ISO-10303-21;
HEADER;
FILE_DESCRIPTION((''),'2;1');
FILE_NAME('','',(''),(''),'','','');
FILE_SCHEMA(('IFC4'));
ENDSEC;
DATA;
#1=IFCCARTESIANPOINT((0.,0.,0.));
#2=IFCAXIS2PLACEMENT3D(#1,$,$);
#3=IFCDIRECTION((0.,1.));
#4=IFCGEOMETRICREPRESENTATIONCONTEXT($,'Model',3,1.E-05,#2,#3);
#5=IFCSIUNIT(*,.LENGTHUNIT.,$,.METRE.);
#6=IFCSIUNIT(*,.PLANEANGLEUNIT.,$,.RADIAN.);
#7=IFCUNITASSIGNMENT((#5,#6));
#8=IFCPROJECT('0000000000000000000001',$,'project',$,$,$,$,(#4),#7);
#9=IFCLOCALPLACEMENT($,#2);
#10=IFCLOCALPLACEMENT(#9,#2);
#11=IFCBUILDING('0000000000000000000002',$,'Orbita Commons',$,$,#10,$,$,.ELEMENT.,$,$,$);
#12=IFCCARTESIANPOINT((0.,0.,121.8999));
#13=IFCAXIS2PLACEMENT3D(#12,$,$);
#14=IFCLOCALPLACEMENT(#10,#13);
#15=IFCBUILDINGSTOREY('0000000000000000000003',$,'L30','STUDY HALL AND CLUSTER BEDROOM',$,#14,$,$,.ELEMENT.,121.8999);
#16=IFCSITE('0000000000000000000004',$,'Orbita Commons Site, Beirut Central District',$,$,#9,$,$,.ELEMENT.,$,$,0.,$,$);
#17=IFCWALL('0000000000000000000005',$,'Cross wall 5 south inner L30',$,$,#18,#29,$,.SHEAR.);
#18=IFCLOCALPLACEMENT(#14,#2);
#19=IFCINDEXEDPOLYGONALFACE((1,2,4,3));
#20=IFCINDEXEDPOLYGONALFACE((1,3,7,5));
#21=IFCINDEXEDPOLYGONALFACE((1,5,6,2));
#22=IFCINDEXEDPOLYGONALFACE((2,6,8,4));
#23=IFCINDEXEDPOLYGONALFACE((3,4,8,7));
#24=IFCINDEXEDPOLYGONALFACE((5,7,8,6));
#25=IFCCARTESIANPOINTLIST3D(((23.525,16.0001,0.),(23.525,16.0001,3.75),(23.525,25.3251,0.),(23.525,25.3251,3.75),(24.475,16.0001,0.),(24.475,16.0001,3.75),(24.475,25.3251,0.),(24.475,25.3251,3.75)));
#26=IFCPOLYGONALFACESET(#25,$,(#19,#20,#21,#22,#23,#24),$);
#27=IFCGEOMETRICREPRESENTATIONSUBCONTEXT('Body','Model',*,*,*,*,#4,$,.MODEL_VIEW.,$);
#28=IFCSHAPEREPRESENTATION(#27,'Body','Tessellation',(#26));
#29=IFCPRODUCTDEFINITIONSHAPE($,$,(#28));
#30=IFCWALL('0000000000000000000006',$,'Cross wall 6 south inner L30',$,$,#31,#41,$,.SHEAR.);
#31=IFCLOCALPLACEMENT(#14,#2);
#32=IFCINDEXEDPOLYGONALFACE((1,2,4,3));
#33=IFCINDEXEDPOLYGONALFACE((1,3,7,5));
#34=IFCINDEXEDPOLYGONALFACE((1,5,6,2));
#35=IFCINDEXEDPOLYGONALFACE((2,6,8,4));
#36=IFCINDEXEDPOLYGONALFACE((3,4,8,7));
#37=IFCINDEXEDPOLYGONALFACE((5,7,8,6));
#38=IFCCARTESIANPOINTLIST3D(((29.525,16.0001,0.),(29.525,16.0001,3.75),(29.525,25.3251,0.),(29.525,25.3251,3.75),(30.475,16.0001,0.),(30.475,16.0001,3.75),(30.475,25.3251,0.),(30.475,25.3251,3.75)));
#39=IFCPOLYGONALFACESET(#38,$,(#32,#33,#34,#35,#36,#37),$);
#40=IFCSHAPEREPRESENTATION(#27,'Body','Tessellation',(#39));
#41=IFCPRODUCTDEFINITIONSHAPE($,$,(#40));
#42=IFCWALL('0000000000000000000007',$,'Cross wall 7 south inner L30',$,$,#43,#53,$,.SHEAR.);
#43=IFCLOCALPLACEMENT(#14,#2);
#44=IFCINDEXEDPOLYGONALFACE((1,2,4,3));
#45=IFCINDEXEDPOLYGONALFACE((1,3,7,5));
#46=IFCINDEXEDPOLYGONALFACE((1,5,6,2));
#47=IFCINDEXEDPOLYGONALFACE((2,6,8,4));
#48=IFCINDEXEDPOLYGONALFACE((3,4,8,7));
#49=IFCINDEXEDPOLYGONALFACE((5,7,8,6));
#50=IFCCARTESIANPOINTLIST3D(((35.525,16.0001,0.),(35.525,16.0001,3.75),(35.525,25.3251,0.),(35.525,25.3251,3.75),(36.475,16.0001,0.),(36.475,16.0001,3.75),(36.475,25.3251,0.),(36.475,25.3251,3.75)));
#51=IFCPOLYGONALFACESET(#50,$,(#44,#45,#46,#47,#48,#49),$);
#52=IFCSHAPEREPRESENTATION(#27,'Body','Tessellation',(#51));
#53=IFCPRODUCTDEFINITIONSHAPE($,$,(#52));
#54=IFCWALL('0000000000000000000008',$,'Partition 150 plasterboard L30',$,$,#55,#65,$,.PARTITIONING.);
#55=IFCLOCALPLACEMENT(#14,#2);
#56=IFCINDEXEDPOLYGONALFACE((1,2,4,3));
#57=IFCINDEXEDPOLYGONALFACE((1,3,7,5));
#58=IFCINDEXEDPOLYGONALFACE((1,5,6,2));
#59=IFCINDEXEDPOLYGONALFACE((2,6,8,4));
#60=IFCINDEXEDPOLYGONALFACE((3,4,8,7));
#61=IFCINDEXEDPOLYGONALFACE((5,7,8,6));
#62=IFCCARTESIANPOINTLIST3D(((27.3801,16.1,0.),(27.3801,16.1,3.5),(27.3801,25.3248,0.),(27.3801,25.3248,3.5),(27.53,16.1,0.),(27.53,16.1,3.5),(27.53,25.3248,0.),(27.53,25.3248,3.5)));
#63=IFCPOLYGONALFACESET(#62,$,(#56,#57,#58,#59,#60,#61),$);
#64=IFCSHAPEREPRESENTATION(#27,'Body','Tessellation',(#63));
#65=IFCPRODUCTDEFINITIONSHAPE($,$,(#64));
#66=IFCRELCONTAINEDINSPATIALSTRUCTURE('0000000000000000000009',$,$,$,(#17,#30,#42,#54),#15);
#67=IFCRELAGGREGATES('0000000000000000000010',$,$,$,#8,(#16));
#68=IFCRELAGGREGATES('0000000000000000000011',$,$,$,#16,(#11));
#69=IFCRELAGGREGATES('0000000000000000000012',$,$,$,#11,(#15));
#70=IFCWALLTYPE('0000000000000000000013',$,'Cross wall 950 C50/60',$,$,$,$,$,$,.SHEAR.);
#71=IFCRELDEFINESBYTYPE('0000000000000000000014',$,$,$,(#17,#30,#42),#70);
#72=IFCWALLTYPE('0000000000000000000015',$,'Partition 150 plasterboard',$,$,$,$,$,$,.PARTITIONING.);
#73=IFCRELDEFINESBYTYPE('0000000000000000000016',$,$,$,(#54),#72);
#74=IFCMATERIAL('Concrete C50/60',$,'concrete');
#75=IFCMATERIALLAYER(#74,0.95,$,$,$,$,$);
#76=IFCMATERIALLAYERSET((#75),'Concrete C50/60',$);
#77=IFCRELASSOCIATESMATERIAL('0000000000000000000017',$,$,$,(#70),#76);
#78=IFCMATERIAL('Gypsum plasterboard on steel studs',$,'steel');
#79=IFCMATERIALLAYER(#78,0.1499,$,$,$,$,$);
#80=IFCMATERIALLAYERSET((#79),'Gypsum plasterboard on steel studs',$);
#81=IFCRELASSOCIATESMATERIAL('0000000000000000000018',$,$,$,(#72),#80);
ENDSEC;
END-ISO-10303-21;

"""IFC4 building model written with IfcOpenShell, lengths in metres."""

from ifc_helpers import new_model, si_unit, direction, frame, frame_2d, origin, place, context, subcontext, project, spatial, rectangle, extrude, material, layer, layer_set, type_object, element, save


model = new_model("IFC4")

# Units and contexts
model_context = context("Model", 3, precision=1e-05, world=origin(), true_north=direction((0.0, 1.0)))
body_context = subcontext(model_context, "Body", "Model", "MODEL_VIEW")
ifc_project = project(units=[si_unit("LENGTHUNIT", "METRE"), si_unit("PLANEANGLEUNIT", "RADIAN")], contexts=[model_context])

# Site, building, storey
site_placement = place(None, origin())
site = spatial("IfcSite", under=ifc_project, at=site_placement, Name="Orbita Commons Site, Beirut Central District", CompositionType="ELEMENT", RefElevation=0.0)
building_placement = place(site_placement, origin())
building = spatial("IfcBuilding", under=site, at=building_placement, Name="Orbita Commons", CompositionType="ELEMENT")
storey_placement = place(building_placement, frame((0.0, 0.0, 121.8999)))
storey = spatial("IfcBuildingStorey", under=building, at=storey_placement, Name="L30", Description="STUDY HALL AND CLUSTER BEDROOM", CompositionType="ELEMENT", Elevation=121.8999)

# Walls
ifc_material_1 = material(Name="Concrete C50/60", Category="concrete")
ifc_layer_1 = layer(ifc_material_1, 0.95)
ifc_layer_set_1 = layer_set([ifc_layer_1], Name="Concrete C50/60")
wall_type_1 = type_object("IfcWallType", Name="Cross wall 950 C50/60", PredefinedType="SHEAR", material=ifc_layer_set_1)
for number, where, z_axis, x_axis, name in (
    (1, (24.0, 16.0, 0.0), (0.0, 0.0, 1.0), (0.0, 1.0, 0.0), "Cross wall 5 south inner L30"),
    (2, (30.0, 16.0, 0.0), (0.0, 0.0, 1.0), (0.0, 1.0, 0.0), "Cross wall 6 south inner L30"),
    (3, (36.0, 16.0, 0.0), (0.0, 0.0, 1.0), (0.0, 1.0, 0.0), "Cross wall 7 south inner L30"),
):
    element("IfcWall", number, at=place(storey_placement, frame(where, z_axis=z_axis, x_axis=x_axis)), inside=storey, type_object=wall_type_1, Name=name, PredefinedType="SHEAR", context=body_context, shape_type="SweptSolid", body=[
        extrude(rectangle(XDim=9.325, YDim=0.95, at=frame_2d((4.6626, 0.0))), origin(), (0.0, 0.0, 1.0), 3.75),
    ])
ifc_material_2 = material(Name="Gypsum plasterboard on steel studs", Category="steel")
ifc_layer_2 = layer(ifc_material_2, 0.1499)
ifc_layer_set_2 = layer_set([ifc_layer_2], Name="Gypsum plasterboard on steel studs")
wall_type_2 = type_object("IfcWallType", Name="Partition 150 plasterboard", PredefinedType="PARTITIONING", material=ifc_layer_set_2)
wall_1_placement = place(storey_placement, frame((27.4551, 16.1001, 0.0), z_axis=(0.0, 0.0, 1.0), x_axis=(0.0, 1.0, 0.0)))
element("IfcWall", 4, at=wall_1_placement, inside=storey, type_object=wall_type_2, Name="Partition 150 plasterboard L30", PredefinedType="PARTITIONING", context=body_context, shape_type="SweptSolid", body=[
    extrude(rectangle(XDim=9.2249, YDim=0.1499, at=frame_2d((4.6123, 0.0))), origin(), (0.0, 0.0, 1.0), 3.5),
])

save(model, "model.ifc")
